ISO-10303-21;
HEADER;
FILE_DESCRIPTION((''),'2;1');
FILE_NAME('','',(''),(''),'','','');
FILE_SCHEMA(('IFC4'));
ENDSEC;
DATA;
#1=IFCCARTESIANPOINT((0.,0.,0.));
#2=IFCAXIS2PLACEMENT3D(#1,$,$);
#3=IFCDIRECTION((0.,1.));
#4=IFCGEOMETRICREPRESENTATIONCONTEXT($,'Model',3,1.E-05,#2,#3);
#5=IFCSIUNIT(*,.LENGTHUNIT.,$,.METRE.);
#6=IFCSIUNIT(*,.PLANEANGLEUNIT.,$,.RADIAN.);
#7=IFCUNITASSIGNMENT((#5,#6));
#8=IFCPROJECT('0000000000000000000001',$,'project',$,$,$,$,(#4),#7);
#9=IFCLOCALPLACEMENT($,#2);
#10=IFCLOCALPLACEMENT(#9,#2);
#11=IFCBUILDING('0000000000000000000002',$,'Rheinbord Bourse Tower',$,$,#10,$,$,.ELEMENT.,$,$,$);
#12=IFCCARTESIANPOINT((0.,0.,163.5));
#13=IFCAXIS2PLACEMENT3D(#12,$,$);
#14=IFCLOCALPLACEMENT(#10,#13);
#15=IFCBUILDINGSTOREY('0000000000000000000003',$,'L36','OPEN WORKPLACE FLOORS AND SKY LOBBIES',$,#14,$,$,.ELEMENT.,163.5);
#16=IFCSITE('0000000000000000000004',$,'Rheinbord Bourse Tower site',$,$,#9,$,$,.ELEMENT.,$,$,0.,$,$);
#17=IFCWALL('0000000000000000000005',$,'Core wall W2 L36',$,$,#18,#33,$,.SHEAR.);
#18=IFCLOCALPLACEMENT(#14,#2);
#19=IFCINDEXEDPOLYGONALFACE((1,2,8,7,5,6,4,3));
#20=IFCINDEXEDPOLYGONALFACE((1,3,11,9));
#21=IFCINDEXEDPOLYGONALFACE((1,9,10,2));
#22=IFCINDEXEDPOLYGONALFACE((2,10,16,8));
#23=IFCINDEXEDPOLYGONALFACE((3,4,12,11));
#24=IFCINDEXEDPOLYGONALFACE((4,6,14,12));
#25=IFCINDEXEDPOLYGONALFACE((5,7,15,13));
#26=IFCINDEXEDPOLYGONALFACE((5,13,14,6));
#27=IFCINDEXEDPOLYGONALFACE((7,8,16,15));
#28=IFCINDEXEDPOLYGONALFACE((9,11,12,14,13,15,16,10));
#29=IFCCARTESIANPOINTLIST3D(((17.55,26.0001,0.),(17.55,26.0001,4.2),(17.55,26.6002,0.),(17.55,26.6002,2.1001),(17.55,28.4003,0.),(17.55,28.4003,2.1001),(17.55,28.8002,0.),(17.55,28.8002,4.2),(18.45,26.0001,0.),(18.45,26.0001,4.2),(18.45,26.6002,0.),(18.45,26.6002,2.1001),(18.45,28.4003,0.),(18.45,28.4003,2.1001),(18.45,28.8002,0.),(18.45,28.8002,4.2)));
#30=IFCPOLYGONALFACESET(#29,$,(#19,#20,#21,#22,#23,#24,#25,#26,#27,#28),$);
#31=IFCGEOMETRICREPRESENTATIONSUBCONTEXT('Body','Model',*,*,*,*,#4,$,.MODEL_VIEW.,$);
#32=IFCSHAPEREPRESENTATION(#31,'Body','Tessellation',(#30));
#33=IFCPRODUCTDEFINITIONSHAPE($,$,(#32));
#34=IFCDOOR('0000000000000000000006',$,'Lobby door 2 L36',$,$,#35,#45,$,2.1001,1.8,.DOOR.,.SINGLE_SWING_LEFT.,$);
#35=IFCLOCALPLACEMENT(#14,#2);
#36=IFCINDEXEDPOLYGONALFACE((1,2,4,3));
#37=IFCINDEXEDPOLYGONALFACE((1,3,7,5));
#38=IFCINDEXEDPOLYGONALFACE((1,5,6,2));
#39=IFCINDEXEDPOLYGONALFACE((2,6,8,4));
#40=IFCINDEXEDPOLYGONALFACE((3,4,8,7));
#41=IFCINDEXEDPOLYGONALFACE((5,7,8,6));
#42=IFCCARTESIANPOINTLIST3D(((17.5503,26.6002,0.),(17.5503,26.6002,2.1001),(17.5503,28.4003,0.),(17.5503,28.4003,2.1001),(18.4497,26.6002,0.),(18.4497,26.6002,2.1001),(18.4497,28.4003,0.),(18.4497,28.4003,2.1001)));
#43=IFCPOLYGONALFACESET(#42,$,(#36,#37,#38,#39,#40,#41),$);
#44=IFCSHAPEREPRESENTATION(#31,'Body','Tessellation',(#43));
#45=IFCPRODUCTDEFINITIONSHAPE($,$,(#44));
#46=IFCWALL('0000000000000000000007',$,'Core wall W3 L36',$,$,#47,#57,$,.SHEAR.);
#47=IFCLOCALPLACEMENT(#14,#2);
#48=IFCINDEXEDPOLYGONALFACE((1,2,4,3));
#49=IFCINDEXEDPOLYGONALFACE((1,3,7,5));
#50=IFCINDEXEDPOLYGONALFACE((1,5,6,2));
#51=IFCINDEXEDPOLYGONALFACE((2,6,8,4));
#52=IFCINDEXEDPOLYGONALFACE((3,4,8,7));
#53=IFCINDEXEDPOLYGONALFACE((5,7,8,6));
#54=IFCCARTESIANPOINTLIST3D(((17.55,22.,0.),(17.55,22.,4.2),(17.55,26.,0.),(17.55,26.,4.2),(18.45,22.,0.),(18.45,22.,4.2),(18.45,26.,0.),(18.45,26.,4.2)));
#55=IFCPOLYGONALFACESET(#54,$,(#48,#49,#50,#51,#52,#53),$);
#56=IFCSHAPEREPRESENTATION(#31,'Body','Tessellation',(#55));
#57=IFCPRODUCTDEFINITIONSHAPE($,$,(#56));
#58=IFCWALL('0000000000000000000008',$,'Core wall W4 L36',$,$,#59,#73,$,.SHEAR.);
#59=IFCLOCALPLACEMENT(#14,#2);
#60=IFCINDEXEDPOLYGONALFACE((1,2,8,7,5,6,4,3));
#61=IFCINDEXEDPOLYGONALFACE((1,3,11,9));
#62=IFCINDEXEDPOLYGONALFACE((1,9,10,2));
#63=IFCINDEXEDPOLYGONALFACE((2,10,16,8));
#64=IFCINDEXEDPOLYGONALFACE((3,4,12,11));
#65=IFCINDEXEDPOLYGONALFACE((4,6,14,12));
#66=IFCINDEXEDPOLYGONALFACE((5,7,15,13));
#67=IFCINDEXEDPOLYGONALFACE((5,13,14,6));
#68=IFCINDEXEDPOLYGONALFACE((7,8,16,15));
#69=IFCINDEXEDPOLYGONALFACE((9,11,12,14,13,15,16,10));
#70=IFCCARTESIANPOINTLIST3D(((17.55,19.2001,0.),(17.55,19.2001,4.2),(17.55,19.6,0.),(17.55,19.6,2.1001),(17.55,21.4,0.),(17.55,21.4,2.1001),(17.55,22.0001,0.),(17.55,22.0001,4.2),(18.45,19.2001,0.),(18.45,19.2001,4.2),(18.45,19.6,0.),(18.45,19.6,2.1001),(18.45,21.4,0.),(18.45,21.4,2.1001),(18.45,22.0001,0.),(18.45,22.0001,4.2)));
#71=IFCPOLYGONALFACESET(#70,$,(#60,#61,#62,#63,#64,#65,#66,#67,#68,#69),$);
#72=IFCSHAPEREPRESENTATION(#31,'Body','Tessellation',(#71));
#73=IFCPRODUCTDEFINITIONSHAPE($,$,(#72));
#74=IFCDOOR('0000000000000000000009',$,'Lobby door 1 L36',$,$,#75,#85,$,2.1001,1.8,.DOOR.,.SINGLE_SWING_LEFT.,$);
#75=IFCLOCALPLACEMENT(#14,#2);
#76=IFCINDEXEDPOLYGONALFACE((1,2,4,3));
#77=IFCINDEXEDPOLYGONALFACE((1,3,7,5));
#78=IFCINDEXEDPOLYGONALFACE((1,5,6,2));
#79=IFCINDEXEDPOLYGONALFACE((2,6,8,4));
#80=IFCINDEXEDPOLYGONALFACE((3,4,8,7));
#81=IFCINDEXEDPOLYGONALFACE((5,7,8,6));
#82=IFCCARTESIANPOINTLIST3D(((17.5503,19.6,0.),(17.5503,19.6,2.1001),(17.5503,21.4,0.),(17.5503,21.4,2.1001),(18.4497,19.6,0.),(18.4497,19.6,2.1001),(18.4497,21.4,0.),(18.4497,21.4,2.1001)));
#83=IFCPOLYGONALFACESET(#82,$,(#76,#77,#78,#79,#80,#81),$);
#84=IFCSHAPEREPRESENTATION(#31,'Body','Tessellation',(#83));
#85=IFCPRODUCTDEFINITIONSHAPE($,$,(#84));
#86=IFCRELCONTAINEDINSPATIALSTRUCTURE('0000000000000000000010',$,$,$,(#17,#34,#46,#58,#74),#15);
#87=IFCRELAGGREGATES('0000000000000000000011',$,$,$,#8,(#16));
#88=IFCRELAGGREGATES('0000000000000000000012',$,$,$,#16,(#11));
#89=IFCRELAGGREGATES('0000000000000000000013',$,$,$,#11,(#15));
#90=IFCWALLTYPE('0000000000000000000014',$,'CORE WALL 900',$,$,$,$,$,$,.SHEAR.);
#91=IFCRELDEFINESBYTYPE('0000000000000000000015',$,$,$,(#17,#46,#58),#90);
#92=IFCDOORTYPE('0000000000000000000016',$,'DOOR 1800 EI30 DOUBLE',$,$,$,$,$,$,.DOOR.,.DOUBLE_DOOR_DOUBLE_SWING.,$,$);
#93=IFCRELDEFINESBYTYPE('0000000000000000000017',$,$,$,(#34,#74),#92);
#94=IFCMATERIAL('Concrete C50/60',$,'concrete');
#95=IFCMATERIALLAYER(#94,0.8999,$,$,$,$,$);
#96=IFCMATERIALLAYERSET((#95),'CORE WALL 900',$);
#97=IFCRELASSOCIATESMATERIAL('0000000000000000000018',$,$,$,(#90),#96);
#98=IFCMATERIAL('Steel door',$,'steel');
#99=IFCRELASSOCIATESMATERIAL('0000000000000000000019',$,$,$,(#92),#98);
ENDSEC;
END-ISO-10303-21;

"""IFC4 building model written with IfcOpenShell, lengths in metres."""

from ifc_helpers import new_model, si_unit, direction, frame, frame_2d, origin, place, context, subcontext, project, spatial, rectangle, extrude, material, layer, layer_set, type_object, element, fill, save


model = new_model("IFC4")

# Units and contexts
model_context = context("Model", 3, precision=1e-05, world=origin(), true_north=direction((0.0, 1.0)))
body_context = subcontext(model_context, "Body", "Model", "MODEL_VIEW")
ifc_project = project(units=[si_unit("LENGTHUNIT", "METRE"), si_unit("PLANEANGLEUNIT", "RADIAN")], contexts=[model_context])

# Site, building, storey
site_placement = place(None, origin())
site = spatial("IfcSite", under=ifc_project, at=site_placement, Name="Rheinbord Bourse Tower site", CompositionType="ELEMENT", RefElevation=0.0)
building_placement = place(site_placement, origin())
building = spatial("IfcBuilding", under=site, at=building_placement, Name="Rheinbord Bourse Tower", CompositionType="ELEMENT")
storey_placement = place(building_placement, frame((0.0, 0.0, 163.5)))
storey = spatial("IfcBuildingStorey", under=building, at=storey_placement, Name="L36", Description="OPEN WORKPLACE FLOORS AND SKY LOBBIES", CompositionType="ELEMENT", Elevation=163.5)

# Wall, opening, door
ifc_material_1 = material(Name="Concrete C50/60", Category="concrete")
ifc_layer_1 = layer(ifc_material_1, 0.8999)
ifc_layer_set_1 = layer_set([ifc_layer_1], Name="CORE WALL 900")
wall_type_1 = type_object("IfcWallType", Name="CORE WALL 900", PredefinedType="SHEAR", material=ifc_layer_set_1)
wall_1_placement = place(storey_placement, frame((18.0, 28.8, 0.0), z_axis=(0.0, 0.0, 1.0), x_axis=(0.0, -1.0, 0.0)))
wall_1 = element("IfcWall", 1, at=wall_1_placement, inside=storey, type_object=wall_type_1, Name="Core wall W2 L36", PredefinedType="SHEAR", context=body_context, shape_type="SweptSolid", body=[
    extrude(rectangle(XDim=2.8, YDim=0.8999, at=frame_2d((1.3999, 0.0))), origin(), (0.0, 0.0, 1.0), 4.2),
])
opening_1_placement = place(wall_1_placement, frame((0.3999, 0.0, 0.0)))
opening_1 = element("IfcOpeningElement", 2, at=opening_1_placement, cuts=wall_1, PredefinedType="OPENING", context=body_context, shape_type="SweptSolid", body=[
    extrude(rectangle(XDim=1.8, YDim=2.1001, at=frame_2d((0.8999, 1.05))), frame((0.0, 0.46, 0.0), z_axis=(0.0, -1.0, 0.0), x_axis=(1.0, 0.0, 0.0)), (0.0, 0.0, 1.0), 0.9199),
])
ifc_material_2 = material(Name="Steel door", Category="steel")
door_type_1 = type_object("IfcDoorType", Name="DOOR 1800 EI30 DOUBLE", OperationType="DOUBLE_DOOR_DOUBLE_SWING", PredefinedType="DOOR", material=ifc_material_2)
door_1_placement = place(opening_1_placement, origin())
door_1 = element("IfcDoor", 3, at=door_1_placement, inside=storey, type_object=door_type_1, Name="Lobby door 2 L36", OperationType="SINGLE_SWING_LEFT", OverallHeight=2.1001, OverallWidth=1.8, PredefinedType="DOOR", context=body_context, shape_type="SweptSolid", body=[
    extrude(rectangle(XDim=1.8, YDim=2.1001, at=frame_2d((0.8999, 1.05))), frame((0.0, 0.4497, 0.0), z_axis=(0.0, -1.0, 0.0), x_axis=(1.0, 0.0, 0.0)), (0.0, 0.0, 1.0), 0.8994),
])
fill(opening_1, door_1)

# Wall
wall_2_placement = place(storey_placement, frame((18.0, 26.0, 0.0), z_axis=(0.0, 0.0, 1.0), x_axis=(0.0, -1.0, 0.0)))
element("IfcWall", 4, at=wall_2_placement, inside=storey, type_object=wall_type_1, Name="Core wall W3 L36", PredefinedType="SHEAR", context=body_context, shape_type="SweptSolid", body=[
    extrude(rectangle(XDim=4.0, YDim=0.8999, at=frame_2d((2.0, 0.0))), origin(), (0.0, 0.0, 1.0), 4.2),
])

# Wall, opening, door
wall_3_placement = place(storey_placement, frame((18.0, 22.0, 0.0), z_axis=(0.0, 0.0, 1.0), x_axis=(0.0, -1.0, 0.0)))
wall_3 = element("IfcWall", 5, at=wall_3_placement, inside=storey, type_object=wall_type_1, Name="Core wall W4 L36", PredefinedType="SHEAR", context=body_context, shape_type="SweptSolid", body=[
    extrude(rectangle(XDim=2.8, YDim=0.8999, at=frame_2d((1.3999, 0.0))), origin(), (0.0, 0.0, 1.0), 4.2),
])
opening_2_placement = place(wall_3_placement, frame((0.6001, 0.0, 0.0)))
opening_2 = element("IfcOpeningElement", 6, at=opening_2_placement, cuts=wall_3, PredefinedType="OPENING", context=body_context, shape_type="SweptSolid", body=[
    extrude(rectangle(XDim=1.8, YDim=2.1001, at=frame_2d((0.8999, 1.05))), frame((0.0, 0.46, 0.0), z_axis=(0.0, -1.0, 0.0), x_axis=(1.0, 0.0, 0.0)), (0.0, 0.0, 1.0), 0.9199),
])
door_2_placement = place(opening_2_placement, origin())
door_2 = element("IfcDoor", 7, at=door_2_placement, inside=storey, type_object=door_type_1, Name="Lobby door 1 L36", OperationType="SINGLE_SWING_LEFT", OverallHeight=2.1001, OverallWidth=1.8, PredefinedType="DOOR", context=body_context, shape_type="SweptSolid", body=[
    extrude(rectangle(XDim=1.8, YDim=2.1001, at=frame_2d((0.8999, 1.05))), frame((0.0, 0.4497, 0.0), z_axis=(0.0, -1.0, 0.0), x_axis=(1.0, 0.0, 0.0)), (0.0, 0.0, 1.0), 0.8994),
])
fill(opening_2, door_2)

save(model, "model.ifc")
